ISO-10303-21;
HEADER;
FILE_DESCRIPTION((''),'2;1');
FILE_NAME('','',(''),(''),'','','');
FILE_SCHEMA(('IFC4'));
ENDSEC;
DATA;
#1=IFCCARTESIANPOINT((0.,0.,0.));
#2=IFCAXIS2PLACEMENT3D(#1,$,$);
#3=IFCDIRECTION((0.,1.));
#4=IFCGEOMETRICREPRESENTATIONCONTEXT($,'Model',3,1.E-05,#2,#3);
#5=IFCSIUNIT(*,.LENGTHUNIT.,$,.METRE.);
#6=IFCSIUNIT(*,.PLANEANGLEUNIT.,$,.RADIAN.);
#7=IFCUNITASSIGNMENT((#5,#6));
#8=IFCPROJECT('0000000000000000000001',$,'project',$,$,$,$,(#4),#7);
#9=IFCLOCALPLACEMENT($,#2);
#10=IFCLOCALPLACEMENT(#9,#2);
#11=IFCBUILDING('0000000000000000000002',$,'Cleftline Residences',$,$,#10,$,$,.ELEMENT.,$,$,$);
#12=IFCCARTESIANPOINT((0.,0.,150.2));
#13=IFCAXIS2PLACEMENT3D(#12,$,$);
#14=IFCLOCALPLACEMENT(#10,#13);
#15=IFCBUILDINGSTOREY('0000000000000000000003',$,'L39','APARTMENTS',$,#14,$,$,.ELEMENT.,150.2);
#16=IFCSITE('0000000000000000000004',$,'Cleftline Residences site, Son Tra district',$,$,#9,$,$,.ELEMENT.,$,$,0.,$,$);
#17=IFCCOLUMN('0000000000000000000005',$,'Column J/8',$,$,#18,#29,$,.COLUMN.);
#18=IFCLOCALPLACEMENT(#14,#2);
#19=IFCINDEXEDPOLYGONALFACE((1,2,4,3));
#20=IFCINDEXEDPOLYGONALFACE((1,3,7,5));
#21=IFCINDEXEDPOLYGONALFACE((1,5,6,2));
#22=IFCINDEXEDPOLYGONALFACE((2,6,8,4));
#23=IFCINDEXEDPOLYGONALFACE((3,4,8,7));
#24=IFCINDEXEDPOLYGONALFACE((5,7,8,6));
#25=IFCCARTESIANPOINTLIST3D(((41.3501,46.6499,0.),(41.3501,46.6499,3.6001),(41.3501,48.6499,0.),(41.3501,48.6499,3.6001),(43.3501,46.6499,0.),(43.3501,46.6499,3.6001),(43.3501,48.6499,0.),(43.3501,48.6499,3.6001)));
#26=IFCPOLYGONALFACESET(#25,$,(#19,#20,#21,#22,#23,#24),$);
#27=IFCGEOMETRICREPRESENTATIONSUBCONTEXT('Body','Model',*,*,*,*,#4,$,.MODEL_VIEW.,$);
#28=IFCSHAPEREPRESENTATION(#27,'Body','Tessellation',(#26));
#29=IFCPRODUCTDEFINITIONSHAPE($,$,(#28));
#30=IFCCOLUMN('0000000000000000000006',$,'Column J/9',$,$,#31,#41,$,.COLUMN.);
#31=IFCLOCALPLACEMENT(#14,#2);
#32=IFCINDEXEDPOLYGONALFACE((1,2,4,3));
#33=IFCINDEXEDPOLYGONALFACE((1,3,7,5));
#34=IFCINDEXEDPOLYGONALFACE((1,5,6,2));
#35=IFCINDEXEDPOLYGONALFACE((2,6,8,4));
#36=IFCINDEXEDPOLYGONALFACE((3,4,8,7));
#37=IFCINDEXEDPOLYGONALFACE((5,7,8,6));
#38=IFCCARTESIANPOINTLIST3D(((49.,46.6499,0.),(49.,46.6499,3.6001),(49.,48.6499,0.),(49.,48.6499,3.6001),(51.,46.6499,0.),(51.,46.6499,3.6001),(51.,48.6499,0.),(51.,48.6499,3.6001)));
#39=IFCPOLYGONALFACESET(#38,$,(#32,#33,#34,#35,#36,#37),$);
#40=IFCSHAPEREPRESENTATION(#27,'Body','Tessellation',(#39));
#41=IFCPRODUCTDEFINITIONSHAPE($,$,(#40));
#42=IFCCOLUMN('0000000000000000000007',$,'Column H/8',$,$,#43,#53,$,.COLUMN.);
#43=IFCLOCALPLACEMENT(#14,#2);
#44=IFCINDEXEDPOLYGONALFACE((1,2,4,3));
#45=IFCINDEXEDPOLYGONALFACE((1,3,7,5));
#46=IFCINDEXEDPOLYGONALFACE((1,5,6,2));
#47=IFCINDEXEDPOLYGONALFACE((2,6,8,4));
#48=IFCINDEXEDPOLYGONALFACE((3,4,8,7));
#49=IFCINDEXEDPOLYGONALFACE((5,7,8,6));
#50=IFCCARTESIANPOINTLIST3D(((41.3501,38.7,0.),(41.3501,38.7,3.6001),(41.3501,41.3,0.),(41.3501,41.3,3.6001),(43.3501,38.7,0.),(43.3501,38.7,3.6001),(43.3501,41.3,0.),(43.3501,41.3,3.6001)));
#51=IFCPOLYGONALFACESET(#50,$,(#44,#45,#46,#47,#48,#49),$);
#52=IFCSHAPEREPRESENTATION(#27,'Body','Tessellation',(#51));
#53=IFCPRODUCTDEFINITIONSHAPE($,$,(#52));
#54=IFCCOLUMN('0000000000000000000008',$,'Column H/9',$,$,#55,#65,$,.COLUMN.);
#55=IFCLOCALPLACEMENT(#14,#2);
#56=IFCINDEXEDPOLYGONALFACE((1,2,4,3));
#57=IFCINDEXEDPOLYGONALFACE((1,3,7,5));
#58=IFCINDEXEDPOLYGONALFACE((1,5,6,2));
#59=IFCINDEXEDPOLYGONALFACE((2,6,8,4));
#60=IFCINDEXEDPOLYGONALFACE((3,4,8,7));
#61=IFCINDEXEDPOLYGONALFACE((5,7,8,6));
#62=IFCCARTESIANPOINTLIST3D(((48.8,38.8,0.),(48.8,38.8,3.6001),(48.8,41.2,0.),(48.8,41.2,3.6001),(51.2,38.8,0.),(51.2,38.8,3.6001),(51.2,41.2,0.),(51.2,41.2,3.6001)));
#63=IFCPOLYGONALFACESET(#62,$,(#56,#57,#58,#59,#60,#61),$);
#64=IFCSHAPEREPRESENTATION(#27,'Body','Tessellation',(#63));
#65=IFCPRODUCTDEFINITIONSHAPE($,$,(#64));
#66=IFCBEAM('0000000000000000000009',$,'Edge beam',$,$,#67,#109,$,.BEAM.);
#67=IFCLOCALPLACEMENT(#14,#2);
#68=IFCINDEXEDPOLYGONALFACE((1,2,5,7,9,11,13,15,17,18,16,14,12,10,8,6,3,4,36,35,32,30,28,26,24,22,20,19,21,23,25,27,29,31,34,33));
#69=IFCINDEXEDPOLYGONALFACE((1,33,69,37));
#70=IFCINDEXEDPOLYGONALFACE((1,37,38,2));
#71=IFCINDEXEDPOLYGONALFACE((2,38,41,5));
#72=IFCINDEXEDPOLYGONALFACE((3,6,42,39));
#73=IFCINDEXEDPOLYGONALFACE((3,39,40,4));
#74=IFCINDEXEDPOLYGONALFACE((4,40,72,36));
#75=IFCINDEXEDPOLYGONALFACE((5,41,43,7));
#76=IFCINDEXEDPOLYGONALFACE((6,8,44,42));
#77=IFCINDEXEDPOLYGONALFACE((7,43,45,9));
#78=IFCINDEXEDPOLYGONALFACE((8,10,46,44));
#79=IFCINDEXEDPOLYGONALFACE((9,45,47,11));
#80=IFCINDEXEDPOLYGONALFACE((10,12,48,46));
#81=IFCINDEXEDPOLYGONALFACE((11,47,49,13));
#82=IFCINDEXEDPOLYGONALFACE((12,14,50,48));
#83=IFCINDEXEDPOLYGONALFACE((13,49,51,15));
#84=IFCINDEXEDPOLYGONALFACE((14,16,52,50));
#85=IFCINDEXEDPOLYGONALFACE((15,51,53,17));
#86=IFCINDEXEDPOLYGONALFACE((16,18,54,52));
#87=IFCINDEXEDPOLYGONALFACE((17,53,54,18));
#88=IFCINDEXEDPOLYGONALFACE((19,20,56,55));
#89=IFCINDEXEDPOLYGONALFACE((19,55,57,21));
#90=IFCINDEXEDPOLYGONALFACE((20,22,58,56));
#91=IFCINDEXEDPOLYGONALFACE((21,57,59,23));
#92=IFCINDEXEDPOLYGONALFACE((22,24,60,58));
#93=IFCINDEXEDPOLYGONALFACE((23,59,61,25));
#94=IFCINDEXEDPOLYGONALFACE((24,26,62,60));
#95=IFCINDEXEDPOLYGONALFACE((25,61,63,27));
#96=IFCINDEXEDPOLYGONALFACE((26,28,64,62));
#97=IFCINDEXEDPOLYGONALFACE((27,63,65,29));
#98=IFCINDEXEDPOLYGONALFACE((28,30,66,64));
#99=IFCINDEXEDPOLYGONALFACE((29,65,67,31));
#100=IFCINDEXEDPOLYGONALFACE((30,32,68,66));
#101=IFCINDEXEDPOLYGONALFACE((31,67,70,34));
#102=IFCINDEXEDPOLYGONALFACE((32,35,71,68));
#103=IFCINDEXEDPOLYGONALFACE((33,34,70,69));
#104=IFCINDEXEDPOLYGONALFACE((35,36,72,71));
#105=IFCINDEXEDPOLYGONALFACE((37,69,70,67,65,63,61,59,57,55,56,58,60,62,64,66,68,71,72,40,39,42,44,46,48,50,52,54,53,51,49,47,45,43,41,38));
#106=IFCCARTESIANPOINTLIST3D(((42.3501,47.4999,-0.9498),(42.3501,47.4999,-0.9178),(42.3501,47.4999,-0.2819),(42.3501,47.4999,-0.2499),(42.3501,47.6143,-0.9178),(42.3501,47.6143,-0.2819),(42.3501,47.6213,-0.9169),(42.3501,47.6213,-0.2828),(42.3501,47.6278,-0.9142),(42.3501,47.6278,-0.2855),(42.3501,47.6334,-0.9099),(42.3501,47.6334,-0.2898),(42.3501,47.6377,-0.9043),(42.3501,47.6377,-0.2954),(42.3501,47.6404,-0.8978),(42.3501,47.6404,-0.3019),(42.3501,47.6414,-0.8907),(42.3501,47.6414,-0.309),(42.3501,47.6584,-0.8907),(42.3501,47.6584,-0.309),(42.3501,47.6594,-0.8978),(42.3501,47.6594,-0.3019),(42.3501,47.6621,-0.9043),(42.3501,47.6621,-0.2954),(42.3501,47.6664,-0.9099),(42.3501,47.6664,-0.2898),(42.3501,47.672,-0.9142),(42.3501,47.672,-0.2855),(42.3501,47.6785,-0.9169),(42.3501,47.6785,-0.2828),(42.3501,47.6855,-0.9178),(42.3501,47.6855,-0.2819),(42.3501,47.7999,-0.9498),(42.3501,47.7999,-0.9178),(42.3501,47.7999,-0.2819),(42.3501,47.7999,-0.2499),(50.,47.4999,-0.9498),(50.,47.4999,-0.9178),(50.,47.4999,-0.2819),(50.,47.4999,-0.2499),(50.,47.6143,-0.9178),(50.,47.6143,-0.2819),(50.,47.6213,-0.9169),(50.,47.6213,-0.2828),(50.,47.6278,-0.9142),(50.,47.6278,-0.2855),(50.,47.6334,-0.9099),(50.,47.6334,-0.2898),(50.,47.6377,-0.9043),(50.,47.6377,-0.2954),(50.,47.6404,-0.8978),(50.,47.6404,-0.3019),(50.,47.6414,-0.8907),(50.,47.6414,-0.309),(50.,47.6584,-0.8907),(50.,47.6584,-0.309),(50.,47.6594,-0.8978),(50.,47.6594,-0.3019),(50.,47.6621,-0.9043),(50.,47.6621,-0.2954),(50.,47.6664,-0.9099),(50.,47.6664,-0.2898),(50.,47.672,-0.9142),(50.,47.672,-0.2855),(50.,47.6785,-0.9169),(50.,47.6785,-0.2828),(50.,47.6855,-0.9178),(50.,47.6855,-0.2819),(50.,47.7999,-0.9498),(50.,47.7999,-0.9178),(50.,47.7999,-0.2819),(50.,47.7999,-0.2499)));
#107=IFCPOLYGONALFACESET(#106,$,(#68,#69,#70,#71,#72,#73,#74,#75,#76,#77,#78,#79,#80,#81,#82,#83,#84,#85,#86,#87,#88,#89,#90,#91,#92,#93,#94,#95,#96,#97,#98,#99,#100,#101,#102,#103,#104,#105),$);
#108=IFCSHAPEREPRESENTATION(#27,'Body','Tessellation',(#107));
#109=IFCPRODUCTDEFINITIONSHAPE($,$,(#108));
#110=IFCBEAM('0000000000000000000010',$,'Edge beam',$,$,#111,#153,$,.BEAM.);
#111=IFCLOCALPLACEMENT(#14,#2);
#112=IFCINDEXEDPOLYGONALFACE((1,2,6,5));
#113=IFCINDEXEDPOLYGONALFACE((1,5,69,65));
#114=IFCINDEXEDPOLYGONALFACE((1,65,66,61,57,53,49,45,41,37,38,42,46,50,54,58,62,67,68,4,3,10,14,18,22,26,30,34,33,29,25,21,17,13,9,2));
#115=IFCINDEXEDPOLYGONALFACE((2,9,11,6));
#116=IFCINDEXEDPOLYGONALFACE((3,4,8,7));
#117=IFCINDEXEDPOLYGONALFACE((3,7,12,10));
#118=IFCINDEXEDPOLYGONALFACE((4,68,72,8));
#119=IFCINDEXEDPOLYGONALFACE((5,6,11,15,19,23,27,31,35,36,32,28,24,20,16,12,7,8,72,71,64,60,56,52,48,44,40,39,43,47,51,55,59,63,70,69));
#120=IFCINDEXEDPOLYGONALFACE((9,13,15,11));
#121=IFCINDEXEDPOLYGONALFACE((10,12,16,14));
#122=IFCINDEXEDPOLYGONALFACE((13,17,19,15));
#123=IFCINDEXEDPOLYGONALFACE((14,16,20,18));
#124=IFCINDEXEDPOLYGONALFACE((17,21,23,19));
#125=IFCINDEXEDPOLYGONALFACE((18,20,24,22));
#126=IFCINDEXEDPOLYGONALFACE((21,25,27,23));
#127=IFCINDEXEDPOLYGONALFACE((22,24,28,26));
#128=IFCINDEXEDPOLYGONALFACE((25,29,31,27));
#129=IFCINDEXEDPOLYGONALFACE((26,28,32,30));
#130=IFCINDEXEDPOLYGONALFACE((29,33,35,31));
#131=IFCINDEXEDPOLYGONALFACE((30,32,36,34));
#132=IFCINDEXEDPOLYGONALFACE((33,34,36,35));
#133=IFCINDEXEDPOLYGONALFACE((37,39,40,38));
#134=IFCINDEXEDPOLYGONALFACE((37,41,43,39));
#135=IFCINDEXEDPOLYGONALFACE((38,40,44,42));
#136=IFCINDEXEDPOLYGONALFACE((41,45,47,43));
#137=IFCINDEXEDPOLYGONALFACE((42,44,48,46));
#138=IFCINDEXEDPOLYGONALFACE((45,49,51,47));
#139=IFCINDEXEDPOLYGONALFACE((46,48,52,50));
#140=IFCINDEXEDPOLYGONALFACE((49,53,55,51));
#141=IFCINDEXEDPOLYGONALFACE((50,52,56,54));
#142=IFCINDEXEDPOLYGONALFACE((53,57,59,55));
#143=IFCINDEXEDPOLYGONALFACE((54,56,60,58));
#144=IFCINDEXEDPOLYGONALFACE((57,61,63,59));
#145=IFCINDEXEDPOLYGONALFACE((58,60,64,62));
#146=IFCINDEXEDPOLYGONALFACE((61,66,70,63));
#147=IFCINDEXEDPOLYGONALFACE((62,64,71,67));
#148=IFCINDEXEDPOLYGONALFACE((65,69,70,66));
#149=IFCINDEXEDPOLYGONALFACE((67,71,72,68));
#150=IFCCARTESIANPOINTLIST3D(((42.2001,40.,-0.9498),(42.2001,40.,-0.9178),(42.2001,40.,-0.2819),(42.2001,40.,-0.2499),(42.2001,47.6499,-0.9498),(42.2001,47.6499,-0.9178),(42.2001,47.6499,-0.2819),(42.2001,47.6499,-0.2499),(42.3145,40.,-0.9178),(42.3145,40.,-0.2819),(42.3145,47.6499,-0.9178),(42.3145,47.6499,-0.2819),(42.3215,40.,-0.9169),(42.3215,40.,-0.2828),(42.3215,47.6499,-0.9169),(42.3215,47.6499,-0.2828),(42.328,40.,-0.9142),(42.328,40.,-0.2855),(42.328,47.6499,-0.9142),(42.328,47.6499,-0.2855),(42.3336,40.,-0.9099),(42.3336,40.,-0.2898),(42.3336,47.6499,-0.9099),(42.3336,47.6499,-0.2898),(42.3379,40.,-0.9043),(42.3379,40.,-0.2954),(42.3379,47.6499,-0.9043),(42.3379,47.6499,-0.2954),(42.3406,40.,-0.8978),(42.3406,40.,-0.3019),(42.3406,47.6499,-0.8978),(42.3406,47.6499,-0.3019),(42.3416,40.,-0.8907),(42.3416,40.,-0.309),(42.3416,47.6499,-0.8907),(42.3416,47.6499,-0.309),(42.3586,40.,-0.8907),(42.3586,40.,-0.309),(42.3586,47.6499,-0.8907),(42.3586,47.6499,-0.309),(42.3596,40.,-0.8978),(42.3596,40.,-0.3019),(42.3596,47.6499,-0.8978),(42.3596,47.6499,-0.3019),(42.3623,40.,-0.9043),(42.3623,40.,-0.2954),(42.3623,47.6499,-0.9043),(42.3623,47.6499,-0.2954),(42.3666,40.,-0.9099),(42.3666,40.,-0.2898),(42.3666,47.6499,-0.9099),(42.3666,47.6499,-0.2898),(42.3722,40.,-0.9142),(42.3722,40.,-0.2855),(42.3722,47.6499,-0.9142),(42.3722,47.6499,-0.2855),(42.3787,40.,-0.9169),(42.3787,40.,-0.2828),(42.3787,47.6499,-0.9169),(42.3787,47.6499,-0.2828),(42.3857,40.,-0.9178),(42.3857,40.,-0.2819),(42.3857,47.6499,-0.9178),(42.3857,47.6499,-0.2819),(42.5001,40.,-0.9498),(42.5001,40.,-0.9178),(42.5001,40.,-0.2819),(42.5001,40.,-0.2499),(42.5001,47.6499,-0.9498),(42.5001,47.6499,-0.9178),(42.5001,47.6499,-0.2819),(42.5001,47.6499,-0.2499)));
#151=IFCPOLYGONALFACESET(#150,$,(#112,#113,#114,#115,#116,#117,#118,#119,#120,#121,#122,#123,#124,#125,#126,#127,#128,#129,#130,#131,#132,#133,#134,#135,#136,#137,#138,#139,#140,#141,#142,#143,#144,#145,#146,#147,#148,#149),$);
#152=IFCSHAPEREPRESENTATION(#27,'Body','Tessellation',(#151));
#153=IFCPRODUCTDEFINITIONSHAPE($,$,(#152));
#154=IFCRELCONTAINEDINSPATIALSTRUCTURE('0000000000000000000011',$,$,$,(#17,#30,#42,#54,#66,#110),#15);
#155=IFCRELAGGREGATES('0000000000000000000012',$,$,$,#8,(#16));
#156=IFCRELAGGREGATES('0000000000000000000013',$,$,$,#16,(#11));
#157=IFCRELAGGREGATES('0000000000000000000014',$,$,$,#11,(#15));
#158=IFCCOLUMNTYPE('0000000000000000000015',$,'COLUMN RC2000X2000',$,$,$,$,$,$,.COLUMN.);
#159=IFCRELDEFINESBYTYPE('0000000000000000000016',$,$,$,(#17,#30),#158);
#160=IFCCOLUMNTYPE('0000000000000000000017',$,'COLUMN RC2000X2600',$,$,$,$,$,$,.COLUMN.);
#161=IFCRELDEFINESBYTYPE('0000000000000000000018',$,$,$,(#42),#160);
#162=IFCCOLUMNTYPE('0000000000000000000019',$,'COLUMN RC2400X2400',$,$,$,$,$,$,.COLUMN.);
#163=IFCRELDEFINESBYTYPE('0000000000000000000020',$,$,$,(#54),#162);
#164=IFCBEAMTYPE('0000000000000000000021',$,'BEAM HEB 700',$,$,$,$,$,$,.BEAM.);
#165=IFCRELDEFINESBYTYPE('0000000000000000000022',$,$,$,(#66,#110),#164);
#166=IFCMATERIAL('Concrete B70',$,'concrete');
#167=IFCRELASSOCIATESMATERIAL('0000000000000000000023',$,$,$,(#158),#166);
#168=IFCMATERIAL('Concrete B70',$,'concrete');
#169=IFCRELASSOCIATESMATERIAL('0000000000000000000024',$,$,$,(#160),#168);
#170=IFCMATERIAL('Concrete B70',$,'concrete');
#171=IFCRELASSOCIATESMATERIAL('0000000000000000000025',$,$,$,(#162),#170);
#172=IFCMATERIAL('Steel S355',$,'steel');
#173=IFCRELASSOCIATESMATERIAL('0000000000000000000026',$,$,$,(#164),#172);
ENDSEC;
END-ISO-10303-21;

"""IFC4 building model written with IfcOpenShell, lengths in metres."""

from ifc_helpers import new_model, si_unit, direction, frame, origin, origin_2d, place, context, subcontext, project, spatial, rectangle, i_section, extrude, material, material_profile, profile_set, type_object, element, save


model = new_model("IFC4")

# Units and contexts
model_context = context("Model", 3, precision=1e-05, world=origin(), true_north=direction((0.0, 1.0)))
body_context = subcontext(model_context, "Body", "Model", "MODEL_VIEW")
ifc_project = project(units=[si_unit("LENGTHUNIT", "METRE"), si_unit("PLANEANGLEUNIT", "RADIAN")], contexts=[model_context])

# Site, building, storey
site_placement = place(None, origin())
site = spatial("IfcSite", under=ifc_project, at=site_placement, Name="Cleftline Residences site, Son Tra district", CompositionType="ELEMENT", RefElevation=0.0)
building_placement = place(site_placement, origin())
building = spatial("IfcBuilding", under=site, at=building_placement, Name="Cleftline Residences", CompositionType="ELEMENT")
storey_placement = place(building_placement, frame((0.0, 0.0, 150.2)))
storey = spatial("IfcBuildingStorey", under=building, at=storey_placement, Name="L39", Description="APARTMENTS", CompositionType="ELEMENT", Elevation=150.2)

# Columns
ifc_material_1 = material(Name="Concrete B70", Category="concrete")
ifc_material_profile_1 = material_profile(ifc_material_1, rectangle(XDim=2.0, YDim=2.0, at=origin_2d()))
ifc_profile_set_1 = profile_set([ifc_material_profile_1], Name="Concrete B70")
column_type_1 = type_object("IfcColumnType", Name="COLUMN RC2000X2000", PredefinedType="COLUMN", material=ifc_profile_set_1)
for number, where, z_axis, x_axis, name in (
    (1, (42.3501, 47.6499, 0.0), (0.0, 0.0, 1.0), (1.0, 0.0, 0.0), "Column J/8"),
    (2, (50.0, 47.6499, 0.0), (0.0, 0.0, 1.0), (1.0, 0.0, 0.0), "Column J/9"),
):
    element("IfcColumn", number, at=place(storey_placement, frame(where, z_axis=z_axis, x_axis=x_axis)), inside=storey, type_object=column_type_1, Name=name, PredefinedType="COLUMN", context=body_context, shape_type="SweptSolid", body=[
        extrude(rectangle(XDim=2.0, YDim=2.0, at=origin_2d()), origin(), (0.0, 0.0, 1.0), 3.6001),
    ])
ifc_material_2 = material(Name="Concrete B70", Category="concrete")
ifc_material_profile_2 = material_profile(ifc_material_2, rectangle(XDim=2.0, YDim=2.6001, at=origin_2d()))
ifc_profile_set_2 = profile_set([ifc_material_profile_2], Name="Concrete B70")
column_type_2 = type_object("IfcColumnType", Name="COLUMN RC2000X2600", PredefinedType="COLUMN", material=ifc_profile_set_2)
column_1_placement = place(storey_placement, frame((42.3501, 40.0, 0.0), z_axis=(0.0, 0.0, 1.0), x_axis=(1.0, 0.0, 0.0)))
element("IfcColumn", 3, at=column_1_placement, inside=storey, type_object=column_type_2, Name="Column H/8", PredefinedType="COLUMN", context=body_context, shape_type="SweptSolid", body=[
    extrude(rectangle(XDim=2.0, YDim=2.6001, at=origin_2d()), origin(), (0.0, 0.0, 1.0), 3.6001),
])
ifc_material_3 = material(Name="Concrete B70", Category="concrete")
ifc_material_profile_3 = material_profile(ifc_material_3, rectangle(XDim=2.3999, YDim=2.3999, at=origin_2d()))
ifc_profile_set_3 = profile_set([ifc_material_profile_3], Name="Concrete B70")
column_type_3 = type_object("IfcColumnType", Name="COLUMN RC2400X2400", PredefinedType="COLUMN", material=ifc_profile_set_3)
column_2_placement = place(storey_placement, frame((50.0, 40.0, 0.0), z_axis=(0.0, 0.0, 1.0), x_axis=(1.0, 0.0, 0.0)))
element("IfcColumn", 4, at=column_2_placement, inside=storey, type_object=column_type_3, Name="Column H/9", PredefinedType="COLUMN", context=body_context, shape_type="SweptSolid", body=[
    extrude(rectangle(XDim=2.3999, YDim=2.3999, at=origin_2d()), origin(), (0.0, 0.0, 1.0), 3.6001),
])

# Beams
ifc_material_4 = material(Name="Steel S355", Category="steel")
ifc_material_profile_4 = material_profile(ifc_material_4, i_section(OverallWidth=0.3, OverallDepth=0.7, WebThickness=0.0171, FlangeThickness=0.032, FilletRadius=0.0271, at=origin_2d()))
ifc_profile_set_4 = profile_set([ifc_material_profile_4], Name="Steel S355")
beam_type = type_object("IfcBeamType", Name="BEAM HEB 700", PredefinedType="BEAM", material=ifc_profile_set_4)
for number, where, z_axis, x_axis, name in (
    (5, (50.0, 47.6499, -0.5999), (-1.0, 0.0, 0.0), (0.0, -1.0, 0.0), "Edge beam"),
    (6, (42.3501, 47.6499, -0.5999), (0.0, -1.0, 0.0), (1.0, 0.0, 0.0), "Edge beam"),
):
    element("IfcBeam", number, at=place(storey_placement, frame(where, z_axis=z_axis, x_axis=x_axis)), inside=storey, type_object=beam_type, Name=name, PredefinedType="BEAM", context=body_context, shape_type="SweptSolid", body=[
        extrude(i_section(OverallWidth=0.3, OverallDepth=0.7, WebThickness=0.0171, FlangeThickness=0.032, FilletRadius=0.0271, at=origin_2d()), origin(), (0.0, 0.0, 1.0), 7.6499),
    ])

save(model, "model.ifc")
